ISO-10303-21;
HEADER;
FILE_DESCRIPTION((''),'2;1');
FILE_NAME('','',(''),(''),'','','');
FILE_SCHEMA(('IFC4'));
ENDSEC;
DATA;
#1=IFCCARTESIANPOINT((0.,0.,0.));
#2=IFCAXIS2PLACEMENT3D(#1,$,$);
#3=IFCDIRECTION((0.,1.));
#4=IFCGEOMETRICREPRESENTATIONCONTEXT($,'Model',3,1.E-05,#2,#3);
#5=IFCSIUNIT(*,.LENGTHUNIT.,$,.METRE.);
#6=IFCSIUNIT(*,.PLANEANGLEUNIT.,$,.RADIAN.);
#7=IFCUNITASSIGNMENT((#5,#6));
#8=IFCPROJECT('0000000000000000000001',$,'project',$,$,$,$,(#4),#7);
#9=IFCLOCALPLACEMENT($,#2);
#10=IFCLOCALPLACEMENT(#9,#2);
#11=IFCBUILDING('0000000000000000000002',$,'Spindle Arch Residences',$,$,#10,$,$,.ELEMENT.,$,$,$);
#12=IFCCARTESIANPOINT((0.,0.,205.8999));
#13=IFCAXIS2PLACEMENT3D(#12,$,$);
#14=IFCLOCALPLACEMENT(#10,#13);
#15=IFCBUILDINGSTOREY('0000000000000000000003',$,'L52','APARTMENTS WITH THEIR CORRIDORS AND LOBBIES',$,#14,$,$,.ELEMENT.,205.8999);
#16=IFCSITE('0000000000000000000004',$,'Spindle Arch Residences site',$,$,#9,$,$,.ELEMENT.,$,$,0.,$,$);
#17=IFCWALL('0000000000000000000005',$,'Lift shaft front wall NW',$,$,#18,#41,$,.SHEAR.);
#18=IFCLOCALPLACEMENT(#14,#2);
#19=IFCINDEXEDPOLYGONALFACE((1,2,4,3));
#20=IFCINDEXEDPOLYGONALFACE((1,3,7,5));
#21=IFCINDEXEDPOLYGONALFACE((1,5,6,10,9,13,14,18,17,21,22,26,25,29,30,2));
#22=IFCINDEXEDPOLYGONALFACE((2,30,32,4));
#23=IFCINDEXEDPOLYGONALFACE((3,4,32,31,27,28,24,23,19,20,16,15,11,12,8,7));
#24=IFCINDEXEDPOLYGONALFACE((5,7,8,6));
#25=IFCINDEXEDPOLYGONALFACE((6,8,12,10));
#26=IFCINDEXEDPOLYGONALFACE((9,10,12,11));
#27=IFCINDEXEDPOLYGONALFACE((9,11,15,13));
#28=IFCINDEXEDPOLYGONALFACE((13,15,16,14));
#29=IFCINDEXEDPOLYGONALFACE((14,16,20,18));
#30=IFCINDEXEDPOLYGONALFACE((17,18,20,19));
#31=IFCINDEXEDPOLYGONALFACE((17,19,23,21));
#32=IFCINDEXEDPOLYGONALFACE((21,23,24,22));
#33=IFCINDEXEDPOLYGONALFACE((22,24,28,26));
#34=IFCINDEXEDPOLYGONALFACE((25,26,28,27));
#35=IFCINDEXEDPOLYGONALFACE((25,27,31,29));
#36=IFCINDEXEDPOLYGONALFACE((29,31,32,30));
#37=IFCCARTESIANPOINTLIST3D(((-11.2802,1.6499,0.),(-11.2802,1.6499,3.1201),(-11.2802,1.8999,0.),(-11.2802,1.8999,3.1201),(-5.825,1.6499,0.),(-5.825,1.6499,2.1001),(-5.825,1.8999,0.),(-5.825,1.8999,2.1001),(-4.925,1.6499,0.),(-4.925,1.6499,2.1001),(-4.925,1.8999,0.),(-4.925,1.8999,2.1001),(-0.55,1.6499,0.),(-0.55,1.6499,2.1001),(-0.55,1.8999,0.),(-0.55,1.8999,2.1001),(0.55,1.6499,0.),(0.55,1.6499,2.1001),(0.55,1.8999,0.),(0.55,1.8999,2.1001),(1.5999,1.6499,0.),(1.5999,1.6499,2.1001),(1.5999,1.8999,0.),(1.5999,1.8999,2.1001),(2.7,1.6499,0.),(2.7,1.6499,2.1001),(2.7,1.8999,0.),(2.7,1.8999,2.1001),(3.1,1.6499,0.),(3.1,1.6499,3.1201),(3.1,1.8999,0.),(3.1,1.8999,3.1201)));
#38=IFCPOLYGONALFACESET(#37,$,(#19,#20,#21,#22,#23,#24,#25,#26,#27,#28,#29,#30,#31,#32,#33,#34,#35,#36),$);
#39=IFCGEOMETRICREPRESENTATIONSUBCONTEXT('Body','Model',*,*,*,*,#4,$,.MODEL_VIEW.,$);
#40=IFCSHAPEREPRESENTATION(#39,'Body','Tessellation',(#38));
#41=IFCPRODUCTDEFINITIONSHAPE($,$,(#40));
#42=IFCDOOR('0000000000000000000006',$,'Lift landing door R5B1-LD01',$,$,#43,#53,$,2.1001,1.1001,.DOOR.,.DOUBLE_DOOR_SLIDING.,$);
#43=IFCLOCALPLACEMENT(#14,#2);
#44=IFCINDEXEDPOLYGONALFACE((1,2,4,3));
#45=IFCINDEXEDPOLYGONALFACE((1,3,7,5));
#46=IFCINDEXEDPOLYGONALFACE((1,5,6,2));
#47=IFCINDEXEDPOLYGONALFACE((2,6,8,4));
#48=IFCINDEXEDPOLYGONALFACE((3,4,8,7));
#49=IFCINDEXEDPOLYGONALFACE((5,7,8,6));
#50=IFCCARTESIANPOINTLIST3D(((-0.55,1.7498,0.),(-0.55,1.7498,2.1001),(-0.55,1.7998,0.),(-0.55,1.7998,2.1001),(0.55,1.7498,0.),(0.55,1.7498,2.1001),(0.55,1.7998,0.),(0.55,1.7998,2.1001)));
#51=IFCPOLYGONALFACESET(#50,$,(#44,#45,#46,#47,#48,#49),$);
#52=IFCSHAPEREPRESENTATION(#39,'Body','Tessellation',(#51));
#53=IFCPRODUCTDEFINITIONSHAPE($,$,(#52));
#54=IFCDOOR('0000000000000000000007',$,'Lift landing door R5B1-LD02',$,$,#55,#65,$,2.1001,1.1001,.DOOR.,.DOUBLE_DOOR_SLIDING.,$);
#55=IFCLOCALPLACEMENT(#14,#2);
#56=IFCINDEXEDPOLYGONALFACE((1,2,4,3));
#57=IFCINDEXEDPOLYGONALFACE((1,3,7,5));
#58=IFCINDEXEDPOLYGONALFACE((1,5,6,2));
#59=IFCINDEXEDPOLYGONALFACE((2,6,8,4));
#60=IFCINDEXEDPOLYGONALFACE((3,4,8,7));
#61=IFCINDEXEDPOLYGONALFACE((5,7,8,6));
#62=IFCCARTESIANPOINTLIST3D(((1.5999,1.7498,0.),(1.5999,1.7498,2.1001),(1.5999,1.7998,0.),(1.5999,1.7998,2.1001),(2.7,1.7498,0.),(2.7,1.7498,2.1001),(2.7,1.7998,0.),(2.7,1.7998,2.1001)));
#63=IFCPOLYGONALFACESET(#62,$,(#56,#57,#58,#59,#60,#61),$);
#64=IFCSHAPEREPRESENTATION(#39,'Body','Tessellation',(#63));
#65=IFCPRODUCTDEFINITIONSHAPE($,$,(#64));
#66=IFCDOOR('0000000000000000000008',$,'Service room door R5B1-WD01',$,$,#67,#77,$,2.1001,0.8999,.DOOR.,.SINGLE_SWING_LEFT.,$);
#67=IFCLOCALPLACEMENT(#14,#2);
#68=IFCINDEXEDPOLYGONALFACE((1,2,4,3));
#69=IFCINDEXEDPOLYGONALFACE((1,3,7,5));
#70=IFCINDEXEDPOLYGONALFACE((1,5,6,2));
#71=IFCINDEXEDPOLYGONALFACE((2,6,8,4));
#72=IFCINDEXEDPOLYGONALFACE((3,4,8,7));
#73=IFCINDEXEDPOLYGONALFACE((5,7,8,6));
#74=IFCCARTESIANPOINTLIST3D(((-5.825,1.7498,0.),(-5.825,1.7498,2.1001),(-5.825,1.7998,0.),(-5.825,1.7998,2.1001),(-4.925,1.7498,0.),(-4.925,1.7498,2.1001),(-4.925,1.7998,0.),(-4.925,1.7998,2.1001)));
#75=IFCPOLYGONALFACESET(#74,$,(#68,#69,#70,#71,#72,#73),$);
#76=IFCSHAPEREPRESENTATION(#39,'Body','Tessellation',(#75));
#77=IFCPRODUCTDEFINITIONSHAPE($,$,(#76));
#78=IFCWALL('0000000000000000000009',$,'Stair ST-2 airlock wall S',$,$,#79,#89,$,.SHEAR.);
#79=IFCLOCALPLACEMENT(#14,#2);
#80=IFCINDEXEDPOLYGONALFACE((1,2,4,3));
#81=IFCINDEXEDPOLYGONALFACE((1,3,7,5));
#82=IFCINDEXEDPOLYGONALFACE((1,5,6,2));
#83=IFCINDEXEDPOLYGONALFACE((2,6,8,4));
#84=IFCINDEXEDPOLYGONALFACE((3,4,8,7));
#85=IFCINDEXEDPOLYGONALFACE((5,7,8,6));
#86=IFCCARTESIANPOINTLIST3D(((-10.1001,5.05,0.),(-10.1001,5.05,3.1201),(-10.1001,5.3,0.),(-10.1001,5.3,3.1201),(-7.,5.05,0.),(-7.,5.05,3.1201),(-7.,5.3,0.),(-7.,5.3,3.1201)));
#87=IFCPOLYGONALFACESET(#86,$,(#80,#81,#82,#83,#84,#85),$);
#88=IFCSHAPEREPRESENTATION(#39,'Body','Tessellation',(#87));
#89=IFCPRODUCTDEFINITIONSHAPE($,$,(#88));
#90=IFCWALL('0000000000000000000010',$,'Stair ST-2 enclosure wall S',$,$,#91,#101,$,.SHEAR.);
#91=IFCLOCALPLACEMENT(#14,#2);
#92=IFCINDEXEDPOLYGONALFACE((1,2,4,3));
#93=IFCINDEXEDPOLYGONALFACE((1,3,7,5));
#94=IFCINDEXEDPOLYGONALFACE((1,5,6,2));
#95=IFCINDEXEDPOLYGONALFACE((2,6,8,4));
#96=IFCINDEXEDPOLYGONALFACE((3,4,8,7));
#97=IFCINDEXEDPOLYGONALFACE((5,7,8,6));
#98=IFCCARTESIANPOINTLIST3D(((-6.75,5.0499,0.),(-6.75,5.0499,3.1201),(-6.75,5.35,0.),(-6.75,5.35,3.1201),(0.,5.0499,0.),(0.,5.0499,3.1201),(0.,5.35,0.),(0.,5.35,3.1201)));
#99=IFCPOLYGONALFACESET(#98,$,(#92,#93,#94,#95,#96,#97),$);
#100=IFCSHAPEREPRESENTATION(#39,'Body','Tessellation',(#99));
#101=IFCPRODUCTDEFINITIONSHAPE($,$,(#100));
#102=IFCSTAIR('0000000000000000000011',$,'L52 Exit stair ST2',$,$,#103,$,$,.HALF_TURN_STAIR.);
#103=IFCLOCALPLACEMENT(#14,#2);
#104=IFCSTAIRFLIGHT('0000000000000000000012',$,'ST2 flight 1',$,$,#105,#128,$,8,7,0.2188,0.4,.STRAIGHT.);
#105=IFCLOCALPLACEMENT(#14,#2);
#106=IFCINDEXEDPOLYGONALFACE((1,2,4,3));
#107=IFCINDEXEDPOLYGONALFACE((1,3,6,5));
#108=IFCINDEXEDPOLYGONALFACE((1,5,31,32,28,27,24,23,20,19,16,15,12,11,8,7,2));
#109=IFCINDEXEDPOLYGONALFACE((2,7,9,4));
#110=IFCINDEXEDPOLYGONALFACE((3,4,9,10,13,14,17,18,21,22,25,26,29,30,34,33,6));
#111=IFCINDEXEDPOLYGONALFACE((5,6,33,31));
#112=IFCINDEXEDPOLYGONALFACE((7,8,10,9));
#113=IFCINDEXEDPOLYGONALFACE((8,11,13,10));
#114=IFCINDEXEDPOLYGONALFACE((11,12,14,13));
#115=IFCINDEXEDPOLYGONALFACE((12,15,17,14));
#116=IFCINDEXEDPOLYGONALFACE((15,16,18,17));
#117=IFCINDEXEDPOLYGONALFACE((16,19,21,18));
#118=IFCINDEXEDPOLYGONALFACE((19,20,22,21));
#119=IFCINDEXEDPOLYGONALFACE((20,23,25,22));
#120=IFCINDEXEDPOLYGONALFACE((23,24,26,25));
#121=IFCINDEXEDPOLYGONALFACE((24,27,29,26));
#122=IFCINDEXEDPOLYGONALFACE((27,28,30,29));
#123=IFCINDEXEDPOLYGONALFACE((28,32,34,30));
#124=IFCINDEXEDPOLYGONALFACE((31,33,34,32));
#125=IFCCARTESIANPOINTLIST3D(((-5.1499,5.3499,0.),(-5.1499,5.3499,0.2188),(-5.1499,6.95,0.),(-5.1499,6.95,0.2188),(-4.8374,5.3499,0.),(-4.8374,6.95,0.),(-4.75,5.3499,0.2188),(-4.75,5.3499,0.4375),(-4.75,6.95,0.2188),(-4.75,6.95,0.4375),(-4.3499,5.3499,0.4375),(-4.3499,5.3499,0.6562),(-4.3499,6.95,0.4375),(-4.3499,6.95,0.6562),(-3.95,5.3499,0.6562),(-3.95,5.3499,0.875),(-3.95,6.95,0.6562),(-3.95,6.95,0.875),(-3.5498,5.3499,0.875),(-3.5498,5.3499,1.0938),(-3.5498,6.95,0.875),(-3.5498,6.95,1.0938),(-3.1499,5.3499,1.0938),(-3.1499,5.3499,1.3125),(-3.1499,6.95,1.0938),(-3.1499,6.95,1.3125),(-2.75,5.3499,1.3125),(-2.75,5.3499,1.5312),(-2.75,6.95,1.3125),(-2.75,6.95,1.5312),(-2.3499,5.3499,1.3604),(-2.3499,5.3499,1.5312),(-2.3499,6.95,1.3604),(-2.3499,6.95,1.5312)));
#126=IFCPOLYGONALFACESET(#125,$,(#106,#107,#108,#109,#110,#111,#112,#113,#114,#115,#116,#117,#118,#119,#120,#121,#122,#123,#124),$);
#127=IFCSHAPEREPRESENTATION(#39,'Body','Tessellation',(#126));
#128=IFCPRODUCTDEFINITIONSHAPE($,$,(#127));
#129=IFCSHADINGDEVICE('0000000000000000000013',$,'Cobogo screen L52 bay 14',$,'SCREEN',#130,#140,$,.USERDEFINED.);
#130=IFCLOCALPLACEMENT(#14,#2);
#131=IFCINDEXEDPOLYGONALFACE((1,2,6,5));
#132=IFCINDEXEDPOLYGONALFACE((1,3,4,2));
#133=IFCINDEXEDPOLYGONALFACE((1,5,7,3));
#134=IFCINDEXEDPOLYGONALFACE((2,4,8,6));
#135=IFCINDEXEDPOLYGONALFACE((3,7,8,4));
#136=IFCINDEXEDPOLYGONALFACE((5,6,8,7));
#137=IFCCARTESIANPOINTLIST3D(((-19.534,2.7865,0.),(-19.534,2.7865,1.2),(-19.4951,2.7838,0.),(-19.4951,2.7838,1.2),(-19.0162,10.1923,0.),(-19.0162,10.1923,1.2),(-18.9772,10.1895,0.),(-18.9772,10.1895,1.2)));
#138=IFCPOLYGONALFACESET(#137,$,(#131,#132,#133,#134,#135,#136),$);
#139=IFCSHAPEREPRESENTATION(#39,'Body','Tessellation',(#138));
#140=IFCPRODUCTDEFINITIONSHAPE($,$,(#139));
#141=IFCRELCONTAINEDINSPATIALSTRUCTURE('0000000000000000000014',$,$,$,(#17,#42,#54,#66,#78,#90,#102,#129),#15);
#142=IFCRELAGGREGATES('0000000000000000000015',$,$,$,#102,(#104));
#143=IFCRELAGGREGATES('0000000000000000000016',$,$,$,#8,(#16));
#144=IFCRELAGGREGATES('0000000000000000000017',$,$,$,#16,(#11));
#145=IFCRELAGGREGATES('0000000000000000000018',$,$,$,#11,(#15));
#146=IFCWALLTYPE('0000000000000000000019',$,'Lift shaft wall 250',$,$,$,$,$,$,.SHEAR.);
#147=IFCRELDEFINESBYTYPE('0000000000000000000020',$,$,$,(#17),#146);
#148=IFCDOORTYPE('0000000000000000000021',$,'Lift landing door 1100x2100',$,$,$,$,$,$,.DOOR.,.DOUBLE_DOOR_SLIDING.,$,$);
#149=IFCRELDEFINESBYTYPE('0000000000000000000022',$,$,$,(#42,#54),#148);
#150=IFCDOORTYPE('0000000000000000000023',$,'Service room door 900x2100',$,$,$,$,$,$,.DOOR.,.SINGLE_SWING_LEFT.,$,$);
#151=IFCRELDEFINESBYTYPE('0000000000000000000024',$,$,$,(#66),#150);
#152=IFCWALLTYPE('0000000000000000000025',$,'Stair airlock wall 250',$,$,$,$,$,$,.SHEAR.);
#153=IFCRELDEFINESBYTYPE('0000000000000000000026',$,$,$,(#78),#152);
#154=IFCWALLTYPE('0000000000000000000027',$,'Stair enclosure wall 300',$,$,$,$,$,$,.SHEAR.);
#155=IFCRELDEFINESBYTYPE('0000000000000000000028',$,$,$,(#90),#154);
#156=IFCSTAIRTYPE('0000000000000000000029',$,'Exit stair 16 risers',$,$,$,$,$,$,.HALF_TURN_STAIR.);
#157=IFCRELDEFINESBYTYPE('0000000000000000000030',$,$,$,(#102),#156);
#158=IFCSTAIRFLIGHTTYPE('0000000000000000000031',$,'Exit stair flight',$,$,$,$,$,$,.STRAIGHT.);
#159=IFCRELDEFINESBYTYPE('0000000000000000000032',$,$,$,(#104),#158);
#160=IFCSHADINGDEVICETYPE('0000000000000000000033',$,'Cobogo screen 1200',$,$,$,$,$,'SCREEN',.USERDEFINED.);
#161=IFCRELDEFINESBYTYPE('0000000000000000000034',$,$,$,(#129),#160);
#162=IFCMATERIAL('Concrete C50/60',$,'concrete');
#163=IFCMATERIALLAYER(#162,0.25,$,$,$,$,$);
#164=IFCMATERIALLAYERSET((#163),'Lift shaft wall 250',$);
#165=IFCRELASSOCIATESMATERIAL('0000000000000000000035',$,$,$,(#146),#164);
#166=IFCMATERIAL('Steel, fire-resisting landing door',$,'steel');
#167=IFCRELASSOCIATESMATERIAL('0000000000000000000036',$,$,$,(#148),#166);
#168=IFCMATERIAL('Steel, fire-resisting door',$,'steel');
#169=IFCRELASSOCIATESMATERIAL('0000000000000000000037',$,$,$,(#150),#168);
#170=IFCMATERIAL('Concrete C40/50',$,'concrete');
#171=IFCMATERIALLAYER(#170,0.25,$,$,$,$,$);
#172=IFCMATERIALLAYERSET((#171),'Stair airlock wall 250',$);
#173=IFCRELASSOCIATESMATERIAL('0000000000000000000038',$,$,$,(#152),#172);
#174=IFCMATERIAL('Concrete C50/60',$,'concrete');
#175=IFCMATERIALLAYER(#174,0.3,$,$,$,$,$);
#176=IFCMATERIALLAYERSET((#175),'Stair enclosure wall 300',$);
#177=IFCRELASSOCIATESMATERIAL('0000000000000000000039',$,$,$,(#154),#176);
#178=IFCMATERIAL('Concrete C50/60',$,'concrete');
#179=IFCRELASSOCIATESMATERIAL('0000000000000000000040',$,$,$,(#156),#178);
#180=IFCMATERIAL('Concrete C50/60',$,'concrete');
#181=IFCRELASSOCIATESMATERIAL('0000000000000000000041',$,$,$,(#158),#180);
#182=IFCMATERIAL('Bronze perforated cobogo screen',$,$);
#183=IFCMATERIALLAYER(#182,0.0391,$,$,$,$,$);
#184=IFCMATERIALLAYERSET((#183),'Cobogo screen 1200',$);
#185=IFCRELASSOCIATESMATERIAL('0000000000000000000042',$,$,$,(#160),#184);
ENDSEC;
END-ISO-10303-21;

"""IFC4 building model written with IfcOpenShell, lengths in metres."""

from ifc_helpers import new_model, si_unit, direction, frame, frame_2d, origin, origin_2d, place, context, subcontext, project, spatial, polyline, rectangle, outline, extrude, material, layer, layer_set, type_object, element, fill, aggregate, save


model = new_model("IFC4")

# Units and contexts
model_context = context("Model", 3, precision=1e-05, world=origin(), true_north=direction((0.0, 1.0)))
body_context = subcontext(model_context, "Body", "Model", "MODEL_VIEW")
ifc_project = project(units=[si_unit("LENGTHUNIT", "METRE"), si_unit("PLANEANGLEUNIT", "RADIAN")], contexts=[model_context])

# Site, building, storey
site_placement = place(None, origin())
site = spatial("IfcSite", under=ifc_project, at=site_placement, Name="Spindle Arch Residences site", CompositionType="ELEMENT", RefElevation=0.0)
building_placement = place(site_placement, origin())
building = spatial("IfcBuilding", under=site, at=building_placement, Name="Spindle Arch Residences", CompositionType="ELEMENT")
storey_placement = place(building_placement, frame((0.0, 0.0, 205.8999)))
storey = spatial("IfcBuildingStorey", under=building, at=storey_placement, Name="L52", Description="APARTMENTS WITH THEIR CORRIDORS AND LOBBIES", CompositionType="ELEMENT", Elevation=205.8999)

# Wall, openings, doors
ifc_material_1 = material(Name="Concrete C50/60", Category="concrete")
ifc_layer_1 = layer(ifc_material_1, 0.25)
ifc_layer_set_1 = layer_set([ifc_layer_1], Name="Lift shaft wall 250")
wall_type_1 = type_object("IfcWallType", Name="Lift shaft wall 250", PredefinedType="SHEAR", material=ifc_layer_set_1)
wall_1_placement = place(storey_placement, frame((-11.28, 1.7749, 0.0), z_axis=(0.0, 0.0, 1.0), x_axis=(1.0, 0.0, 0.0)))
wall_1 = element("IfcWall", 1, at=wall_1_placement, inside=storey, type_object=wall_type_1, Name="Lift shaft front wall NW", PredefinedType="SHEAR", context=body_context, shape_type="SweptSolid", body=[
    extrude(rectangle(XDim=14.3801, YDim=0.25, at=frame_2d((7.1899, 0.0))), origin(), (0.0, 0.0, 1.0), 3.1201),
])
opening_1_placement = place(wall_1_placement, frame((10.73, 0.0, 0.0)))
opening_1 = element("IfcOpeningElement", 2, at=opening_1_placement, cuts=wall_1, PredefinedType="OPENING", context=body_context, shape_type="SweptSolid", body=[
    extrude(rectangle(XDim=1.1001, YDim=2.1001, at=frame_2d((0.55, 1.05))), frame((0.0, 0.135, 0.0), z_axis=(0.0, -1.0, 0.0), x_axis=(1.0, 0.0, 0.0)), (0.0, 0.0, 1.0), 0.27),
])
opening_2_placement = place(wall_1_placement, frame((12.8799, 0.0, 0.0)))
opening_2 = element("IfcOpeningElement", 3, at=opening_2_placement, cuts=wall_1, PredefinedType="OPENING", context=body_context, shape_type="SweptSolid", body=[
    extrude(rectangle(XDim=1.1001, YDim=2.1001, at=frame_2d((0.55, 1.05))), frame((0.0, 0.135, 0.0), z_axis=(0.0, -1.0, 0.0), x_axis=(1.0, 0.0, 0.0)), (0.0, 0.0, 1.0), 0.27),
])
opening_3_placement = place(wall_1_placement, frame((5.4551, 0.0, 0.0)))
opening_3 = element("IfcOpeningElement", 4, at=opening_3_placement, cuts=wall_1, PredefinedType="OPENING", context=body_context, shape_type="SweptSolid", body=[
    extrude(rectangle(XDim=0.8999, YDim=2.1001, at=frame_2d((0.45, 1.05))), frame((0.0, 0.135, 0.0), z_axis=(0.0, -1.0, 0.0), x_axis=(1.0, 0.0, 0.0)), (0.0, 0.0, 1.0), 0.27),
])
ifc_material_2 = material(Name="Steel, fire-resisting landing door", Category="steel")
door_type_1 = type_object("IfcDoorType", Name="Lift landing door 1100x2100", OperationType="DOUBLE_DOOR_SLIDING", PredefinedType="DOOR", material=ifc_material_2)
door_1_placement = place(opening_1_placement, origin())
door_1 = element("IfcDoor", 5, at=door_1_placement, inside=storey, type_object=door_type_1, Name="Lift landing door R5B1-LD01", OperationType="DOUBLE_DOOR_SLIDING", OverallHeight=2.1001, OverallWidth=1.1001, PredefinedType="DOOR", context=body_context, shape_type="SweptSolid", body=[
    extrude(rectangle(XDim=1.1001, YDim=2.1001, at=frame_2d((0.55, 1.05))), frame((0.0, 0.0249, 0.0), z_axis=(0.0, -1.0, 0.0), x_axis=(1.0, 0.0, 0.0)), (0.0, 0.0, 1.0), 0.05),
])
fill(opening_1, door_1)
door_2_placement = place(opening_2_placement, origin())
door_2 = element("IfcDoor", 6, at=door_2_placement, inside=storey, type_object=door_type_1, Name="Lift landing door R5B1-LD02", OperationType="DOUBLE_DOOR_SLIDING", OverallHeight=2.1001, OverallWidth=1.1001, PredefinedType="DOOR", context=body_context, shape_type="SweptSolid", body=[
    extrude(rectangle(XDim=1.1001, YDim=2.1001, at=frame_2d((0.55, 1.05))), frame((0.0, 0.0249, 0.0), z_axis=(0.0, -1.0, 0.0), x_axis=(1.0, 0.0, 0.0)), (0.0, 0.0, 1.0), 0.05),
])
fill(opening_2, door_2)
ifc_material_3 = material(Name="Steel, fire-resisting door", Category="steel")
door_type_2 = type_object("IfcDoorType", Name="Service room door 900x2100", OperationType="SINGLE_SWING_LEFT", PredefinedType="DOOR", material=ifc_material_3)
door_3_placement = place(opening_3_placement, origin())
door_3 = element("IfcDoor", 7, at=door_3_placement, inside=storey, type_object=door_type_2, Name="Service room door R5B1-WD01", OperationType="SINGLE_SWING_LEFT", OverallHeight=2.1001, OverallWidth=0.8999, PredefinedType="DOOR", context=body_context, shape_type="SweptSolid", body=[
    extrude(rectangle(XDim=0.8999, YDim=2.1001, at=frame_2d((0.45, 1.05))), frame((0.0, 0.0249, 0.0), z_axis=(0.0, -1.0, 0.0), x_axis=(1.0, 0.0, 0.0)), (0.0, 0.0, 1.0), 0.05),
])
fill(opening_3, door_3)

# Walls
ifc_material_4 = material(Name="Concrete C40/50", Category="concrete")
ifc_layer_2 = layer(ifc_material_4, 0.25)
ifc_layer_set_2 = layer_set([ifc_layer_2], Name="Stair airlock wall 250")
wall_type_2 = type_object("IfcWallType", Name="Stair airlock wall 250", PredefinedType="SHEAR", material=ifc_layer_set_2)
wall_2_placement = place(storey_placement, frame((-7.0, 5.175, 0.0), z_axis=(0.0, 0.0, 1.0), x_axis=(-1.0, 0.0, 0.0)))
element("IfcWall", 8, at=wall_2_placement, inside=storey, type_object=wall_type_2, Name="Stair ST-2 airlock wall S", PredefinedType="SHEAR", context=body_context, shape_type="SweptSolid", body=[
    extrude(rectangle(XDim=3.1001, YDim=0.25, at=frame_2d((1.55, 0.0))), origin(), (0.0, 0.0, 1.0), 3.1201),
])
ifc_material_5 = material(Name="Concrete C50/60", Category="concrete")
ifc_layer_3 = layer(ifc_material_5, 0.3)
ifc_layer_set_3 = layer_set([ifc_layer_3], Name="Stair enclosure wall 300")
wall_type_3 = type_object("IfcWallType", Name="Stair enclosure wall 300", PredefinedType="SHEAR", material=ifc_layer_set_3)
wall_3_placement = place(storey_placement, frame((-6.75, 5.2, 0.0), z_axis=(0.0, 0.0, 1.0), x_axis=(1.0, 0.0, 0.0)))
element("IfcWall", 9, at=wall_3_placement, inside=storey, type_object=wall_type_3, Name="Stair ST-2 enclosure wall S", PredefinedType="SHEAR", context=body_context, shape_type="SweptSolid", body=[
    extrude(rectangle(XDim=6.75, YDim=0.3, at=frame_2d((3.375, 0.0))), origin(), (0.0, 0.0, 1.0), 3.1201),
])

# Stair, stair flight
ifc_material_6 = material(Name="Concrete C50/60", Category="concrete")
stair_type = type_object("IfcStairType", Name="Exit stair 16 risers", PredefinedType="HALF_TURN_STAIR", material=ifc_material_6)
stair_placement = place(storey_placement, origin())
stair = element("IfcStair", 10, at=stair_placement, inside=storey, type_object=stair_type, Name="L52 Exit stair ST2", PredefinedType="HALF_TURN_STAIR")
ifc_material_7 = material(Name="Concrete C50/60", Category="concrete")
stair_flight_type = type_object("IfcStairFlightType", Name="Exit stair flight", PredefinedType="STRAIGHT", material=ifc_material_7)
stair_flight_placement = place(storey_placement, frame((-5.1499, 6.1499, 0.0), z_axis=(0.0, 0.0, 1.0), x_axis=(1.0, 0.0, 0.0)))
stair_flight = element("IfcStairFlight", 11, at=stair_flight_placement, type_object=stair_flight_type, Name="ST2 flight 1", NumberOfRisers=8, NumberOfTreads=7, PredefinedType="STRAIGHT", RiserHeight=0.2188, TreadLength=0.4, context=body_context, shape_type="SweptSolid", body=[
    extrude(outline(polyline([(0.0, 0.0), (0.0, 0.2188), (0.3999, 0.2188), (0.3999, 0.4375), (0.8, 0.4375), (0.8, 0.6562), (1.2, 0.6562), (1.2, 0.875), (1.6001, 0.875), (1.6001, 1.0938), (2.0, 1.0938), (2.0, 1.3125), (2.3999, 1.3125), (2.3999, 1.5312), (2.8, 1.5312), (2.8, 1.75), (2.8, 1.3604), (0.3125, 0.0), (0.0, 0.0)])), frame((0.0, 0.8, 0.0), z_axis=(0.0, -1.0, 0.0), x_axis=(1.0, 0.0, 0.0)), (0.0, 0.0, 1.0), 1.6001),
])
aggregate(stair, [stair_flight])

# Shading device
ifc_material_8 = material(Name="Bronze perforated cobogo screen")
ifc_layer_4 = layer(ifc_material_8, 0.0391)
ifc_layer_set_4 = layer_set([ifc_layer_4], Name="Cobogo screen 1200")
shading_device_type = type_object("IfcShadingDeviceType", Name="Cobogo screen 1200", ElementType="SCREEN", PredefinedType="USERDEFINED", material=ifc_layer_set_4)
shading_device_placement = place(storey_placement, frame((-19.2556, 6.488, 0.0), z_axis=(0.0, 0.0, 1.0), x_axis=(-0.069756, -0.997564, 0.0)))
element("IfcShadingDevice", 12, at=shading_device_placement, inside=storey, type_object=shading_device_type, Name="Cobogo screen L52 bay 14", ObjectType="SCREEN", PredefinedType="USERDEFINED", context=body_context, shape_type="SweptSolid", body=[
    extrude(rectangle(XDim=7.4238, YDim=0.0391, at=origin_2d()), origin(), (0.0, 0.0, 1.0), 1.2),
])

save(model, "model.ifc")
